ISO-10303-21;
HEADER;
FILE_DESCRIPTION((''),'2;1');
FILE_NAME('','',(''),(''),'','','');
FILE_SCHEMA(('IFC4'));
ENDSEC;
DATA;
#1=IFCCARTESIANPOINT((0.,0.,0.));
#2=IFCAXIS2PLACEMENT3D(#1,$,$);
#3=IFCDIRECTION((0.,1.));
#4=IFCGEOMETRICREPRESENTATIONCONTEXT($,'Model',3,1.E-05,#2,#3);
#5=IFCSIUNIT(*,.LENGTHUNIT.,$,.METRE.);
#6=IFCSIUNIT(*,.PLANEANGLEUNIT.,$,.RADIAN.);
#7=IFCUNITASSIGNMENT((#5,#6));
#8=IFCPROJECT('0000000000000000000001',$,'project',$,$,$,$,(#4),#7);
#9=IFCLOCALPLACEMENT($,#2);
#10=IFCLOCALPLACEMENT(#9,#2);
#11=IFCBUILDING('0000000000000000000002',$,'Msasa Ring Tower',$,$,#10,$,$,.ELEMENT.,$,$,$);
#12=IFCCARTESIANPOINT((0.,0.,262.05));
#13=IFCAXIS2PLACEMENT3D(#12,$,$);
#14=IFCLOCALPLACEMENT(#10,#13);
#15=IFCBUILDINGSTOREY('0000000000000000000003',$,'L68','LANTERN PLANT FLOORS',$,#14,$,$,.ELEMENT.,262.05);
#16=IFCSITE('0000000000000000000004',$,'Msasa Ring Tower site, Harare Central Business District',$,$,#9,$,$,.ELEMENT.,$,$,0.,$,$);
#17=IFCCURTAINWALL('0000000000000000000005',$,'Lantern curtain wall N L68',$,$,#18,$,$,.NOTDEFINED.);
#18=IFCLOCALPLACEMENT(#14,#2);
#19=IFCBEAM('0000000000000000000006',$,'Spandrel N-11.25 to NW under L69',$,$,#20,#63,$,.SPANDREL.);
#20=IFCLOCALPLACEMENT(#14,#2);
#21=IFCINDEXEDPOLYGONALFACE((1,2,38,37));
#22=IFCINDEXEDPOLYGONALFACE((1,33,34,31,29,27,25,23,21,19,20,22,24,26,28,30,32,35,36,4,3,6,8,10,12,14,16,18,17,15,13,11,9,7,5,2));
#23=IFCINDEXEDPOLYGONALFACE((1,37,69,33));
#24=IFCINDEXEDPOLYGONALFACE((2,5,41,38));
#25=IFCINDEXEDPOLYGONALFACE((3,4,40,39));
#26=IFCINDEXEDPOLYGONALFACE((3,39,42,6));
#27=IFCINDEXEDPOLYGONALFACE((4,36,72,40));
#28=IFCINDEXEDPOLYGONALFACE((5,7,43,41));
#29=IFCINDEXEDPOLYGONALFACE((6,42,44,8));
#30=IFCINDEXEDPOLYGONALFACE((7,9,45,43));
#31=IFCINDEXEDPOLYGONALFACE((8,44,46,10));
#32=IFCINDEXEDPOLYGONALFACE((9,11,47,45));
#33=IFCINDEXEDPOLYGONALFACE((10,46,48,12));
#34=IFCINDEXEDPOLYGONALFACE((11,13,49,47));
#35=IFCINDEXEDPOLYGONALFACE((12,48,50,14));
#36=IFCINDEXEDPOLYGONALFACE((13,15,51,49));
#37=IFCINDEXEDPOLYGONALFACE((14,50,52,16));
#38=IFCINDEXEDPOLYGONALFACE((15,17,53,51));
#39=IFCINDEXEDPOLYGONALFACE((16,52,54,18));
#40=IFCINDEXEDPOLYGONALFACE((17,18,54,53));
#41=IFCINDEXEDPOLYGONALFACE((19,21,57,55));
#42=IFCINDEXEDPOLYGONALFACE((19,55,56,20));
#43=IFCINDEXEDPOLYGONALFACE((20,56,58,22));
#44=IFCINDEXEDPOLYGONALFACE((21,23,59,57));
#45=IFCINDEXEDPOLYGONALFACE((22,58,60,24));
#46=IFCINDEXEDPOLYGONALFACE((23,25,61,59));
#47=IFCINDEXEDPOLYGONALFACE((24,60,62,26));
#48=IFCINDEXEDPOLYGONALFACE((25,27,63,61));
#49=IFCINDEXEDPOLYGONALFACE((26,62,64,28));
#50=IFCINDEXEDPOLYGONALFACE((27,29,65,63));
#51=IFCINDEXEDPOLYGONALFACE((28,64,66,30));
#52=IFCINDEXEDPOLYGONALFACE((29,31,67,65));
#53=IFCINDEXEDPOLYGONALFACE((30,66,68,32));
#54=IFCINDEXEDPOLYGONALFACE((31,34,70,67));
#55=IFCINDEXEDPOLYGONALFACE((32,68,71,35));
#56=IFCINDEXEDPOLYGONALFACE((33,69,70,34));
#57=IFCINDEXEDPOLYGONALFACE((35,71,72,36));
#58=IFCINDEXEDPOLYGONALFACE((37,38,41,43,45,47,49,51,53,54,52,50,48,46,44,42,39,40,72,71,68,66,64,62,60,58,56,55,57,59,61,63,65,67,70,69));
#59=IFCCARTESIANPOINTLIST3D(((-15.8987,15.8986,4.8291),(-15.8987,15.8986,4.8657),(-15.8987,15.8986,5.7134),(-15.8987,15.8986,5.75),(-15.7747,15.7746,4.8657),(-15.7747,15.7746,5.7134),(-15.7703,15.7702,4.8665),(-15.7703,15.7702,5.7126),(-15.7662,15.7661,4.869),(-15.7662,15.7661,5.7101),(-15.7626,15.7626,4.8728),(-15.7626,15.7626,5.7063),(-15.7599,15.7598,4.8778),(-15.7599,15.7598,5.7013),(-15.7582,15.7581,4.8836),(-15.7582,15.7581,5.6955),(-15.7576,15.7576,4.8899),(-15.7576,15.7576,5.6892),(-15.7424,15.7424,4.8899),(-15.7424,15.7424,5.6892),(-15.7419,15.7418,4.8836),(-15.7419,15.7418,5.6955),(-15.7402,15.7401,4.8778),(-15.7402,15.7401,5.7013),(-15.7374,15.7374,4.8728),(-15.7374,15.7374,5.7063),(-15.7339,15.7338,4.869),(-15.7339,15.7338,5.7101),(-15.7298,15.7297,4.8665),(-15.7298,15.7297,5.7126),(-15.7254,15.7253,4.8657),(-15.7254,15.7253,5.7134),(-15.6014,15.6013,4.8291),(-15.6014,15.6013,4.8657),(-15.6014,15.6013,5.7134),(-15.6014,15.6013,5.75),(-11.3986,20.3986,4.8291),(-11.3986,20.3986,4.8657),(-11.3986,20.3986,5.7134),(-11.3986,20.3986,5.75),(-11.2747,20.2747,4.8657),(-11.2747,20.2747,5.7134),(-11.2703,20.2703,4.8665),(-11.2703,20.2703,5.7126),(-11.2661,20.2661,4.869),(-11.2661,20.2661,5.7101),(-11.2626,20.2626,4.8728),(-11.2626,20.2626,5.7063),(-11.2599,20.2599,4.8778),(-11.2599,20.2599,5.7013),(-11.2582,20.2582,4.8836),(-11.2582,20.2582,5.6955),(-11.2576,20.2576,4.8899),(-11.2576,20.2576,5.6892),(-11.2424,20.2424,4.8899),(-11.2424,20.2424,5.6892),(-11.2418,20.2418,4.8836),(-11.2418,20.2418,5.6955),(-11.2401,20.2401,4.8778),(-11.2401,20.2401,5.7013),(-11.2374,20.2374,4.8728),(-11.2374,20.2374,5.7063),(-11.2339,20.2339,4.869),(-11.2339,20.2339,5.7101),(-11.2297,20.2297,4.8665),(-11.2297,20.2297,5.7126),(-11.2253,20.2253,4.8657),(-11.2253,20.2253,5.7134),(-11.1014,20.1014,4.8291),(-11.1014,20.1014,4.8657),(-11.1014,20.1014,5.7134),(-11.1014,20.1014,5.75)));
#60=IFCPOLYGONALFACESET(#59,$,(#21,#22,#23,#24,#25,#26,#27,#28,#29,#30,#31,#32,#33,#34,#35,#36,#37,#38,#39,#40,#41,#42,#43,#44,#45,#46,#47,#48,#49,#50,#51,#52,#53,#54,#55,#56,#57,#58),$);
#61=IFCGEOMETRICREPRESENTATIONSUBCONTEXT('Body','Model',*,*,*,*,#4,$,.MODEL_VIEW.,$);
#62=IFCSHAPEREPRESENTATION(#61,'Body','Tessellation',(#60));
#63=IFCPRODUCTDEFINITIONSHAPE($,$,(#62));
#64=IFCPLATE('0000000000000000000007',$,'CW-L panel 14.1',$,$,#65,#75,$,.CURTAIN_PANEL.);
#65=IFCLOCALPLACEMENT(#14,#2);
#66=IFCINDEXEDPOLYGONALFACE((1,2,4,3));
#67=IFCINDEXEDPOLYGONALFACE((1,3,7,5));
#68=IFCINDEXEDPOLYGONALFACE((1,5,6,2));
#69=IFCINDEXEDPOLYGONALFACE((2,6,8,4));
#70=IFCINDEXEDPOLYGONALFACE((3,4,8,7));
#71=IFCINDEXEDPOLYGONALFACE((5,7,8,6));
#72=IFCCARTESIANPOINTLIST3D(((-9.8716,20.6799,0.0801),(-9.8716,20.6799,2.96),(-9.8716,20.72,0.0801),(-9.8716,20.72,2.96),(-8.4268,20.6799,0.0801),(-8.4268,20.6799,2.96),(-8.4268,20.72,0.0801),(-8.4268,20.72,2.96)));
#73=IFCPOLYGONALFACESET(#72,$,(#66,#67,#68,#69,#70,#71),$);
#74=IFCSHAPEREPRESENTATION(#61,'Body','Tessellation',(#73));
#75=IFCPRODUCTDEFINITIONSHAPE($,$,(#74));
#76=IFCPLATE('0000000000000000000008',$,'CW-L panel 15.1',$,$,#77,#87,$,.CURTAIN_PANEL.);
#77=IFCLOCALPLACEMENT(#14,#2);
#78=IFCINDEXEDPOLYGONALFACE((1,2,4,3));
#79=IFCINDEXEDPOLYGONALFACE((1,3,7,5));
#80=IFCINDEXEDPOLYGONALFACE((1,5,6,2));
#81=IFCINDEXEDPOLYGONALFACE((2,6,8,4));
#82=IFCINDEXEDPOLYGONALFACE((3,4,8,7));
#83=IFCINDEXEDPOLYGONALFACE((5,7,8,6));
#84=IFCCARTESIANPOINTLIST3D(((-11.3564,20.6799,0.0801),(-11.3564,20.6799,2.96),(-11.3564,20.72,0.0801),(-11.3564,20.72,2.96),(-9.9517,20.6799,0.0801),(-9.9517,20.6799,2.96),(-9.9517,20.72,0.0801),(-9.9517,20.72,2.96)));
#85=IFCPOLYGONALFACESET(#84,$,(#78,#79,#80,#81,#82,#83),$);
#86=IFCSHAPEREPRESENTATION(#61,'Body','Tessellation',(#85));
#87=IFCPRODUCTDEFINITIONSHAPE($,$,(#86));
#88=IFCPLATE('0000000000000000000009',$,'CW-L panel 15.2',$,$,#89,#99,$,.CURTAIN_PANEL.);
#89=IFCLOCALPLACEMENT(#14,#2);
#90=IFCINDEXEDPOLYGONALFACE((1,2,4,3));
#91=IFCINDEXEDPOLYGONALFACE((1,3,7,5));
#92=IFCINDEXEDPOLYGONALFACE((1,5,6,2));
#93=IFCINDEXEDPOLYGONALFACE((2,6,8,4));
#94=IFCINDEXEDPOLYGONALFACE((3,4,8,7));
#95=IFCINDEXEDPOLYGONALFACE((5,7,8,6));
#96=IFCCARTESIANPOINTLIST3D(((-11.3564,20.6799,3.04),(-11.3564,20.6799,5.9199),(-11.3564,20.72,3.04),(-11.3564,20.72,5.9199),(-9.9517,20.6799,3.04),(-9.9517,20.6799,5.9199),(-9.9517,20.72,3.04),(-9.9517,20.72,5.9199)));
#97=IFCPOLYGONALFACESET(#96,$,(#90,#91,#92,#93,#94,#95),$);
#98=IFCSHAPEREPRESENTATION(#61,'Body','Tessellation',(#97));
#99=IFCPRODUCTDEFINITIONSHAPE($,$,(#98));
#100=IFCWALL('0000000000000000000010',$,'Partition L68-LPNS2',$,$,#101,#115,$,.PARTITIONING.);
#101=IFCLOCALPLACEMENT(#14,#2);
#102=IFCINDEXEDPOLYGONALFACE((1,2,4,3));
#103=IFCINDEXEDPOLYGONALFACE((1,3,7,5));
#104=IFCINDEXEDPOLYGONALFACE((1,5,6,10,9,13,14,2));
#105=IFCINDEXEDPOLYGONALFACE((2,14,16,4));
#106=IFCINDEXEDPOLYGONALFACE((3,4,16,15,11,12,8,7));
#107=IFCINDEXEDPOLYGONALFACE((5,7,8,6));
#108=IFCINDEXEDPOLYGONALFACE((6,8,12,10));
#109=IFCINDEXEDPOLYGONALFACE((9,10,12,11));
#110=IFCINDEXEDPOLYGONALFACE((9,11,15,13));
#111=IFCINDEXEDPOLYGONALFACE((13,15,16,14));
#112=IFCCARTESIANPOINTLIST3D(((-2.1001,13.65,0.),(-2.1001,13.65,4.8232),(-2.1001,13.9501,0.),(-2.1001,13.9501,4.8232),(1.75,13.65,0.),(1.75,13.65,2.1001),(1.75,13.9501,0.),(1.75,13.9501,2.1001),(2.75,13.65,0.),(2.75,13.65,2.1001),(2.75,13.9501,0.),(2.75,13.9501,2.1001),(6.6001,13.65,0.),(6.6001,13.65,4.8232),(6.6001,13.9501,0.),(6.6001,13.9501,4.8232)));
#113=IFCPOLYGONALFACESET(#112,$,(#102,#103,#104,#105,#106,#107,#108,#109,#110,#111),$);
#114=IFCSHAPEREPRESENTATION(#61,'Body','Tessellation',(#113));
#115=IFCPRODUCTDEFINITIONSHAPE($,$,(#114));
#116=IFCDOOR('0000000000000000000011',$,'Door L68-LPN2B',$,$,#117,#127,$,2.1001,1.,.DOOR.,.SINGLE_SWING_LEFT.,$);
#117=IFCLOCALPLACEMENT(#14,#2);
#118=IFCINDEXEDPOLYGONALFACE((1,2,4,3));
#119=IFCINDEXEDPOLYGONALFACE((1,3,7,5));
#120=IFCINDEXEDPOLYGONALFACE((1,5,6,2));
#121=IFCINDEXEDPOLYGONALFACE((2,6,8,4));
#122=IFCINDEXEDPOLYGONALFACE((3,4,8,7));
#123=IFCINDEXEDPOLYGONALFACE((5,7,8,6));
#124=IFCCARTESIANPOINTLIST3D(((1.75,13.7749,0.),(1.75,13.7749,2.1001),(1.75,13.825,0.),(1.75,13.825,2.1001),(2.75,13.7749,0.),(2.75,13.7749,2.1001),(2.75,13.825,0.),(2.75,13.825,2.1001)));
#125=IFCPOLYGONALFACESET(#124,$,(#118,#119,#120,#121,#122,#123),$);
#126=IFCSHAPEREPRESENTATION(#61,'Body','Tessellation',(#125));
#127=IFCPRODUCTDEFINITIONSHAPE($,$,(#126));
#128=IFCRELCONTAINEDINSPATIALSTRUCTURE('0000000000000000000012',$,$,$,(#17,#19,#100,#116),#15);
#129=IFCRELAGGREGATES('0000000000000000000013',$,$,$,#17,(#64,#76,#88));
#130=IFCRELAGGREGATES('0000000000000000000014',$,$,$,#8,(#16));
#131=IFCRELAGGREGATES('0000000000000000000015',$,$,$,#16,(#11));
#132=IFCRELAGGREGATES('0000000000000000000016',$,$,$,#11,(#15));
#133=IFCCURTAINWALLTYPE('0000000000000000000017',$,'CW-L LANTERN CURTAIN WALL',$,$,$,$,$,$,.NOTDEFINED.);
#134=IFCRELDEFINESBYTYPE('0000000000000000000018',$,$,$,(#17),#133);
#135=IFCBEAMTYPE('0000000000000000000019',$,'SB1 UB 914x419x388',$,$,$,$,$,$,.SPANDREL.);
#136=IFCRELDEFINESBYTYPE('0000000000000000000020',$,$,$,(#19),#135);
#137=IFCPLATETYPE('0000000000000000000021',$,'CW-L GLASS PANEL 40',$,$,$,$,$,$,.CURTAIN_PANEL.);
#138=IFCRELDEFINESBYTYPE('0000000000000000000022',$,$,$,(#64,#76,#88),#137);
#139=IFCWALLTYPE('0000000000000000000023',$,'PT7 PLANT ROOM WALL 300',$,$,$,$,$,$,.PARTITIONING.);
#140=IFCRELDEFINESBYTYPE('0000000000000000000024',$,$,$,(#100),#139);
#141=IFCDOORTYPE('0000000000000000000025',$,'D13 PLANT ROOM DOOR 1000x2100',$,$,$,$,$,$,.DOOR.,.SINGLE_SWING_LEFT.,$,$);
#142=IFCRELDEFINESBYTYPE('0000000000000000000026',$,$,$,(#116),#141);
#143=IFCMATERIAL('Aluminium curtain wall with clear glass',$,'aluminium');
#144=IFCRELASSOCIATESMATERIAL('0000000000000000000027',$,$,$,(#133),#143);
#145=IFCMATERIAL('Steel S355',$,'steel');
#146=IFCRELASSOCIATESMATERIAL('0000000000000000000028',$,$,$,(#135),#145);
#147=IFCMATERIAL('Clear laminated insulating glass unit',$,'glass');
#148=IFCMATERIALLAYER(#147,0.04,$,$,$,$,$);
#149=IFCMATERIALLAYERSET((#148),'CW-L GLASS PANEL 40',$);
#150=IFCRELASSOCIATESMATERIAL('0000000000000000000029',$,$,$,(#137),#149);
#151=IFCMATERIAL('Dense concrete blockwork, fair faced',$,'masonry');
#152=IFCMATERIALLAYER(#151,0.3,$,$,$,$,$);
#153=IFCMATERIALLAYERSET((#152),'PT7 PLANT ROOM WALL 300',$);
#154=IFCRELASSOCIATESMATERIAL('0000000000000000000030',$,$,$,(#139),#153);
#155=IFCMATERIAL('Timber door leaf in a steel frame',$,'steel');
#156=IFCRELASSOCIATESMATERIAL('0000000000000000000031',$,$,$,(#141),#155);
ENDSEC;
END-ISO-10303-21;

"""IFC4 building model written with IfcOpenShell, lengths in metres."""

from ifc_helpers import new_model, si_unit, direction, frame, frame_2d, origin, origin_2d, place, context, subcontext, project, spatial, rectangle, i_section, extrude, material, layer, layer_set, material_profile, profile_set, type_object, element, fill, aggregate, save


model = new_model("IFC4")

# Units and contexts
model_context = context("Model", 3, precision=1e-05, world=origin(), true_north=direction((0.0, 1.0)))
body_context = subcontext(model_context, "Body", "Model", "MODEL_VIEW")
ifc_project = project(units=[si_unit("LENGTHUNIT", "METRE"), si_unit("PLANEANGLEUNIT", "RADIAN")], contexts=[model_context])

# Site, building, storey
site_placement = place(None, origin())
site = spatial("IfcSite", under=ifc_project, at=site_placement, Name="Msasa Ring Tower site, Harare Central Business District", CompositionType="ELEMENT", RefElevation=0.0)
building_placement = place(site_placement, origin())
building = spatial("IfcBuilding", under=site, at=building_placement, Name="Msasa Ring Tower", CompositionType="ELEMENT")
storey_placement = place(building_placement, frame((0.0, 0.0, 262.05)))
storey = spatial("IfcBuildingStorey", under=building, at=storey_placement, Name="L68", Description="LANTERN PLANT FLOORS", CompositionType="ELEMENT", Elevation=262.05)

# Curtain wall
ifc_material_1 = material(Name="Aluminium curtain wall with clear glass", Category="aluminium")
curtain_wall_type = type_object("IfcCurtainWallType", Name="CW-L LANTERN CURTAIN WALL", PredefinedType="NOTDEFINED", material=ifc_material_1)
curtain_wall_placement = place(storey_placement, origin())
curtain_wall = element("IfcCurtainWall", 1, at=curtain_wall_placement, inside=storey, type_object=curtain_wall_type, Name="Lantern curtain wall N L68", PredefinedType="NOTDEFINED")

# Beam
ifc_material_2 = material(Name="Steel S355", Category="steel")
ifc_material_profile_1 = material_profile(ifc_material_2, i_section(OverallWidth=0.4204, OverallDepth=0.9209, WebThickness=0.0215, FlangeThickness=0.0366, FilletRadius=0.0242, at=origin_2d()), Name="UB 914x419x388")
ifc_profile_set_1 = profile_set([ifc_material_profile_1], Name="Steel S355")
beam_type_1 = type_object("IfcBeamType", Name="SB1 UB 914x419x388", PredefinedType="SPANDREL", material=ifc_profile_set_1)
beam_1_placement = place(storey_placement, frame((-11.25, 20.25, 5.2896), z_axis=(-0.707107, -0.707107, 0.0), x_axis=(0.707107, -0.707107, 0.0)))
element("IfcBeam", 2, at=beam_1_placement, inside=storey, type_object=beam_type_1, Name="Spandrel N-11.25 to NW under L69", PredefinedType="SPANDREL", context=body_context, shape_type="SweptSolid", body=[
    extrude(i_section(OverallWidth=0.4204, OverallDepth=0.9209, WebThickness=0.0215, FlangeThickness=0.0366, FilletRadius=0.0242, at=origin_2d()), origin(), (0.0, 0.0, 1.0), 6.364),
])

# Plates
ifc_material_3 = material(Name="Clear laminated insulating glass unit", Category="glass")
ifc_layer_1 = layer(ifc_material_3, 0.04)
ifc_layer_set_1 = layer_set([ifc_layer_1], Name="CW-L GLASS PANEL 40")
plate_type = type_object("IfcPlateType", Name="CW-L GLASS PANEL 40", PredefinedType="CURTAIN_PANEL", material=ifc_layer_set_1)
plate_1_placement = place(storey_placement, frame((-9.1492, 20.7, 0.0801), z_axis=(0.0, 0.0, 1.0), x_axis=(-1.0, 0.0, 0.0)))
plate_1 = element("IfcPlate", 3, at=plate_1_placement, type_object=plate_type, Name="CW-L panel 14.1", PredefinedType="CURTAIN_PANEL", context=body_context, shape_type="SweptSolid", body=[
    extrude(rectangle(XDim=1.4448, YDim=0.04, at=origin_2d()), origin(), (0.0, 0.0, 1.0), 2.8799),
])
plate_2_placement = place(storey_placement, frame((-10.6541, 20.7, 0.0801), z_axis=(0.0, 0.0, 1.0), x_axis=(-1.0, 0.0, 0.0)))
plate_2 = element("IfcPlate", 4, at=plate_2_placement, type_object=plate_type, Name="CW-L panel 15.1", PredefinedType="CURTAIN_PANEL", context=body_context, shape_type="SweptSolid", body=[
    extrude(rectangle(XDim=1.4048, YDim=0.04, at=origin_2d()), origin(), (0.0, 0.0, 1.0), 2.8799),
])
plate_3_placement = place(storey_placement, frame((-10.6541, 20.7, 3.04), z_axis=(0.0, 0.0, 1.0), x_axis=(-1.0, 0.0, 0.0)))
plate_3 = element("IfcPlate", 5, at=plate_3_placement, type_object=plate_type, Name="CW-L panel 15.2", PredefinedType="CURTAIN_PANEL", context=body_context, shape_type="SweptSolid", body=[
    extrude(rectangle(XDim=1.4048, YDim=0.04, at=origin_2d()), origin(), (0.0, 0.0, 1.0), 2.8799),
])
aggregate(curtain_wall, [plate_1, plate_2, plate_3])

# Wall, opening, door
ifc_material_4 = material(Name="Dense concrete blockwork, fair faced", Category="masonry")
ifc_layer_2 = layer(ifc_material_4, 0.3)
ifc_layer_set_2 = layer_set([ifc_layer_2], Name="PT7 PLANT ROOM WALL 300")
wall_type = type_object("IfcWallType", Name="PT7 PLANT ROOM WALL 300", PredefinedType="PARTITIONING", material=ifc_layer_set_2)
wall_1_placement = place(storey_placement, frame((-2.1001, 13.8, 0.0), z_axis=(0.0, 0.0, 1.0), x_axis=(1.0, 0.0, 0.0)))
wall_1 = element("IfcWall", 6, at=wall_1_placement, inside=storey, type_object=wall_type, Name="Partition L68-LPNS2", PredefinedType="PARTITIONING", context=body_context, shape_type="SweptSolid", body=[
    extrude(rectangle(XDim=8.7002, YDim=0.3, at=frame_2d((4.3501, 0.0))), origin(), (0.0, 0.0, 1.0), 4.8232),
])
opening_1_placement = place(wall_1_placement, frame((3.8501, 0.0, 0.0)))
opening_1 = element("IfcOpeningElement", 7, at=opening_1_placement, cuts=wall_1, PredefinedType="OPENING", context=body_context, shape_type="SweptSolid", body=[
    extrude(rectangle(XDim=1.0, YDim=2.1001, at=frame_2d((0.5, 1.05))), frame((0.0, 0.1599, 0.0), z_axis=(0.0, -1.0, 0.0), x_axis=(1.0, 0.0, 0.0)), (0.0, 0.0, 1.0), 0.3201),
])
ifc_material_5 = material(Name="Timber door leaf in a steel frame", Category="steel")
door_type_1 = type_object("IfcDoorType", Name="D13 PLANT ROOM DOOR 1000x2100", OperationType="SINGLE_SWING_LEFT", PredefinedType="DOOR", material=ifc_material_5)
door_1_placement = place(opening_1_placement, origin())
door_1 = element("IfcDoor", 8, at=door_1_placement, inside=storey, type_object=door_type_1, Name="Door L68-LPN2B", OperationType="SINGLE_SWING_LEFT", OverallHeight=2.1001, OverallWidth=1.0, PredefinedType="DOOR", context=body_context, shape_type="SweptSolid", body=[
    extrude(rectangle(XDim=1.0, YDim=2.1001, at=frame_2d((0.5, 1.05))), frame((0.0, 0.0249, 0.0), z_axis=(0.0, -1.0, 0.0), x_axis=(1.0, 0.0, 0.0)), (0.0, 0.0, 1.0), 0.05),
])
fill(opening_1, door_1)

save(model, "model.ifc")
